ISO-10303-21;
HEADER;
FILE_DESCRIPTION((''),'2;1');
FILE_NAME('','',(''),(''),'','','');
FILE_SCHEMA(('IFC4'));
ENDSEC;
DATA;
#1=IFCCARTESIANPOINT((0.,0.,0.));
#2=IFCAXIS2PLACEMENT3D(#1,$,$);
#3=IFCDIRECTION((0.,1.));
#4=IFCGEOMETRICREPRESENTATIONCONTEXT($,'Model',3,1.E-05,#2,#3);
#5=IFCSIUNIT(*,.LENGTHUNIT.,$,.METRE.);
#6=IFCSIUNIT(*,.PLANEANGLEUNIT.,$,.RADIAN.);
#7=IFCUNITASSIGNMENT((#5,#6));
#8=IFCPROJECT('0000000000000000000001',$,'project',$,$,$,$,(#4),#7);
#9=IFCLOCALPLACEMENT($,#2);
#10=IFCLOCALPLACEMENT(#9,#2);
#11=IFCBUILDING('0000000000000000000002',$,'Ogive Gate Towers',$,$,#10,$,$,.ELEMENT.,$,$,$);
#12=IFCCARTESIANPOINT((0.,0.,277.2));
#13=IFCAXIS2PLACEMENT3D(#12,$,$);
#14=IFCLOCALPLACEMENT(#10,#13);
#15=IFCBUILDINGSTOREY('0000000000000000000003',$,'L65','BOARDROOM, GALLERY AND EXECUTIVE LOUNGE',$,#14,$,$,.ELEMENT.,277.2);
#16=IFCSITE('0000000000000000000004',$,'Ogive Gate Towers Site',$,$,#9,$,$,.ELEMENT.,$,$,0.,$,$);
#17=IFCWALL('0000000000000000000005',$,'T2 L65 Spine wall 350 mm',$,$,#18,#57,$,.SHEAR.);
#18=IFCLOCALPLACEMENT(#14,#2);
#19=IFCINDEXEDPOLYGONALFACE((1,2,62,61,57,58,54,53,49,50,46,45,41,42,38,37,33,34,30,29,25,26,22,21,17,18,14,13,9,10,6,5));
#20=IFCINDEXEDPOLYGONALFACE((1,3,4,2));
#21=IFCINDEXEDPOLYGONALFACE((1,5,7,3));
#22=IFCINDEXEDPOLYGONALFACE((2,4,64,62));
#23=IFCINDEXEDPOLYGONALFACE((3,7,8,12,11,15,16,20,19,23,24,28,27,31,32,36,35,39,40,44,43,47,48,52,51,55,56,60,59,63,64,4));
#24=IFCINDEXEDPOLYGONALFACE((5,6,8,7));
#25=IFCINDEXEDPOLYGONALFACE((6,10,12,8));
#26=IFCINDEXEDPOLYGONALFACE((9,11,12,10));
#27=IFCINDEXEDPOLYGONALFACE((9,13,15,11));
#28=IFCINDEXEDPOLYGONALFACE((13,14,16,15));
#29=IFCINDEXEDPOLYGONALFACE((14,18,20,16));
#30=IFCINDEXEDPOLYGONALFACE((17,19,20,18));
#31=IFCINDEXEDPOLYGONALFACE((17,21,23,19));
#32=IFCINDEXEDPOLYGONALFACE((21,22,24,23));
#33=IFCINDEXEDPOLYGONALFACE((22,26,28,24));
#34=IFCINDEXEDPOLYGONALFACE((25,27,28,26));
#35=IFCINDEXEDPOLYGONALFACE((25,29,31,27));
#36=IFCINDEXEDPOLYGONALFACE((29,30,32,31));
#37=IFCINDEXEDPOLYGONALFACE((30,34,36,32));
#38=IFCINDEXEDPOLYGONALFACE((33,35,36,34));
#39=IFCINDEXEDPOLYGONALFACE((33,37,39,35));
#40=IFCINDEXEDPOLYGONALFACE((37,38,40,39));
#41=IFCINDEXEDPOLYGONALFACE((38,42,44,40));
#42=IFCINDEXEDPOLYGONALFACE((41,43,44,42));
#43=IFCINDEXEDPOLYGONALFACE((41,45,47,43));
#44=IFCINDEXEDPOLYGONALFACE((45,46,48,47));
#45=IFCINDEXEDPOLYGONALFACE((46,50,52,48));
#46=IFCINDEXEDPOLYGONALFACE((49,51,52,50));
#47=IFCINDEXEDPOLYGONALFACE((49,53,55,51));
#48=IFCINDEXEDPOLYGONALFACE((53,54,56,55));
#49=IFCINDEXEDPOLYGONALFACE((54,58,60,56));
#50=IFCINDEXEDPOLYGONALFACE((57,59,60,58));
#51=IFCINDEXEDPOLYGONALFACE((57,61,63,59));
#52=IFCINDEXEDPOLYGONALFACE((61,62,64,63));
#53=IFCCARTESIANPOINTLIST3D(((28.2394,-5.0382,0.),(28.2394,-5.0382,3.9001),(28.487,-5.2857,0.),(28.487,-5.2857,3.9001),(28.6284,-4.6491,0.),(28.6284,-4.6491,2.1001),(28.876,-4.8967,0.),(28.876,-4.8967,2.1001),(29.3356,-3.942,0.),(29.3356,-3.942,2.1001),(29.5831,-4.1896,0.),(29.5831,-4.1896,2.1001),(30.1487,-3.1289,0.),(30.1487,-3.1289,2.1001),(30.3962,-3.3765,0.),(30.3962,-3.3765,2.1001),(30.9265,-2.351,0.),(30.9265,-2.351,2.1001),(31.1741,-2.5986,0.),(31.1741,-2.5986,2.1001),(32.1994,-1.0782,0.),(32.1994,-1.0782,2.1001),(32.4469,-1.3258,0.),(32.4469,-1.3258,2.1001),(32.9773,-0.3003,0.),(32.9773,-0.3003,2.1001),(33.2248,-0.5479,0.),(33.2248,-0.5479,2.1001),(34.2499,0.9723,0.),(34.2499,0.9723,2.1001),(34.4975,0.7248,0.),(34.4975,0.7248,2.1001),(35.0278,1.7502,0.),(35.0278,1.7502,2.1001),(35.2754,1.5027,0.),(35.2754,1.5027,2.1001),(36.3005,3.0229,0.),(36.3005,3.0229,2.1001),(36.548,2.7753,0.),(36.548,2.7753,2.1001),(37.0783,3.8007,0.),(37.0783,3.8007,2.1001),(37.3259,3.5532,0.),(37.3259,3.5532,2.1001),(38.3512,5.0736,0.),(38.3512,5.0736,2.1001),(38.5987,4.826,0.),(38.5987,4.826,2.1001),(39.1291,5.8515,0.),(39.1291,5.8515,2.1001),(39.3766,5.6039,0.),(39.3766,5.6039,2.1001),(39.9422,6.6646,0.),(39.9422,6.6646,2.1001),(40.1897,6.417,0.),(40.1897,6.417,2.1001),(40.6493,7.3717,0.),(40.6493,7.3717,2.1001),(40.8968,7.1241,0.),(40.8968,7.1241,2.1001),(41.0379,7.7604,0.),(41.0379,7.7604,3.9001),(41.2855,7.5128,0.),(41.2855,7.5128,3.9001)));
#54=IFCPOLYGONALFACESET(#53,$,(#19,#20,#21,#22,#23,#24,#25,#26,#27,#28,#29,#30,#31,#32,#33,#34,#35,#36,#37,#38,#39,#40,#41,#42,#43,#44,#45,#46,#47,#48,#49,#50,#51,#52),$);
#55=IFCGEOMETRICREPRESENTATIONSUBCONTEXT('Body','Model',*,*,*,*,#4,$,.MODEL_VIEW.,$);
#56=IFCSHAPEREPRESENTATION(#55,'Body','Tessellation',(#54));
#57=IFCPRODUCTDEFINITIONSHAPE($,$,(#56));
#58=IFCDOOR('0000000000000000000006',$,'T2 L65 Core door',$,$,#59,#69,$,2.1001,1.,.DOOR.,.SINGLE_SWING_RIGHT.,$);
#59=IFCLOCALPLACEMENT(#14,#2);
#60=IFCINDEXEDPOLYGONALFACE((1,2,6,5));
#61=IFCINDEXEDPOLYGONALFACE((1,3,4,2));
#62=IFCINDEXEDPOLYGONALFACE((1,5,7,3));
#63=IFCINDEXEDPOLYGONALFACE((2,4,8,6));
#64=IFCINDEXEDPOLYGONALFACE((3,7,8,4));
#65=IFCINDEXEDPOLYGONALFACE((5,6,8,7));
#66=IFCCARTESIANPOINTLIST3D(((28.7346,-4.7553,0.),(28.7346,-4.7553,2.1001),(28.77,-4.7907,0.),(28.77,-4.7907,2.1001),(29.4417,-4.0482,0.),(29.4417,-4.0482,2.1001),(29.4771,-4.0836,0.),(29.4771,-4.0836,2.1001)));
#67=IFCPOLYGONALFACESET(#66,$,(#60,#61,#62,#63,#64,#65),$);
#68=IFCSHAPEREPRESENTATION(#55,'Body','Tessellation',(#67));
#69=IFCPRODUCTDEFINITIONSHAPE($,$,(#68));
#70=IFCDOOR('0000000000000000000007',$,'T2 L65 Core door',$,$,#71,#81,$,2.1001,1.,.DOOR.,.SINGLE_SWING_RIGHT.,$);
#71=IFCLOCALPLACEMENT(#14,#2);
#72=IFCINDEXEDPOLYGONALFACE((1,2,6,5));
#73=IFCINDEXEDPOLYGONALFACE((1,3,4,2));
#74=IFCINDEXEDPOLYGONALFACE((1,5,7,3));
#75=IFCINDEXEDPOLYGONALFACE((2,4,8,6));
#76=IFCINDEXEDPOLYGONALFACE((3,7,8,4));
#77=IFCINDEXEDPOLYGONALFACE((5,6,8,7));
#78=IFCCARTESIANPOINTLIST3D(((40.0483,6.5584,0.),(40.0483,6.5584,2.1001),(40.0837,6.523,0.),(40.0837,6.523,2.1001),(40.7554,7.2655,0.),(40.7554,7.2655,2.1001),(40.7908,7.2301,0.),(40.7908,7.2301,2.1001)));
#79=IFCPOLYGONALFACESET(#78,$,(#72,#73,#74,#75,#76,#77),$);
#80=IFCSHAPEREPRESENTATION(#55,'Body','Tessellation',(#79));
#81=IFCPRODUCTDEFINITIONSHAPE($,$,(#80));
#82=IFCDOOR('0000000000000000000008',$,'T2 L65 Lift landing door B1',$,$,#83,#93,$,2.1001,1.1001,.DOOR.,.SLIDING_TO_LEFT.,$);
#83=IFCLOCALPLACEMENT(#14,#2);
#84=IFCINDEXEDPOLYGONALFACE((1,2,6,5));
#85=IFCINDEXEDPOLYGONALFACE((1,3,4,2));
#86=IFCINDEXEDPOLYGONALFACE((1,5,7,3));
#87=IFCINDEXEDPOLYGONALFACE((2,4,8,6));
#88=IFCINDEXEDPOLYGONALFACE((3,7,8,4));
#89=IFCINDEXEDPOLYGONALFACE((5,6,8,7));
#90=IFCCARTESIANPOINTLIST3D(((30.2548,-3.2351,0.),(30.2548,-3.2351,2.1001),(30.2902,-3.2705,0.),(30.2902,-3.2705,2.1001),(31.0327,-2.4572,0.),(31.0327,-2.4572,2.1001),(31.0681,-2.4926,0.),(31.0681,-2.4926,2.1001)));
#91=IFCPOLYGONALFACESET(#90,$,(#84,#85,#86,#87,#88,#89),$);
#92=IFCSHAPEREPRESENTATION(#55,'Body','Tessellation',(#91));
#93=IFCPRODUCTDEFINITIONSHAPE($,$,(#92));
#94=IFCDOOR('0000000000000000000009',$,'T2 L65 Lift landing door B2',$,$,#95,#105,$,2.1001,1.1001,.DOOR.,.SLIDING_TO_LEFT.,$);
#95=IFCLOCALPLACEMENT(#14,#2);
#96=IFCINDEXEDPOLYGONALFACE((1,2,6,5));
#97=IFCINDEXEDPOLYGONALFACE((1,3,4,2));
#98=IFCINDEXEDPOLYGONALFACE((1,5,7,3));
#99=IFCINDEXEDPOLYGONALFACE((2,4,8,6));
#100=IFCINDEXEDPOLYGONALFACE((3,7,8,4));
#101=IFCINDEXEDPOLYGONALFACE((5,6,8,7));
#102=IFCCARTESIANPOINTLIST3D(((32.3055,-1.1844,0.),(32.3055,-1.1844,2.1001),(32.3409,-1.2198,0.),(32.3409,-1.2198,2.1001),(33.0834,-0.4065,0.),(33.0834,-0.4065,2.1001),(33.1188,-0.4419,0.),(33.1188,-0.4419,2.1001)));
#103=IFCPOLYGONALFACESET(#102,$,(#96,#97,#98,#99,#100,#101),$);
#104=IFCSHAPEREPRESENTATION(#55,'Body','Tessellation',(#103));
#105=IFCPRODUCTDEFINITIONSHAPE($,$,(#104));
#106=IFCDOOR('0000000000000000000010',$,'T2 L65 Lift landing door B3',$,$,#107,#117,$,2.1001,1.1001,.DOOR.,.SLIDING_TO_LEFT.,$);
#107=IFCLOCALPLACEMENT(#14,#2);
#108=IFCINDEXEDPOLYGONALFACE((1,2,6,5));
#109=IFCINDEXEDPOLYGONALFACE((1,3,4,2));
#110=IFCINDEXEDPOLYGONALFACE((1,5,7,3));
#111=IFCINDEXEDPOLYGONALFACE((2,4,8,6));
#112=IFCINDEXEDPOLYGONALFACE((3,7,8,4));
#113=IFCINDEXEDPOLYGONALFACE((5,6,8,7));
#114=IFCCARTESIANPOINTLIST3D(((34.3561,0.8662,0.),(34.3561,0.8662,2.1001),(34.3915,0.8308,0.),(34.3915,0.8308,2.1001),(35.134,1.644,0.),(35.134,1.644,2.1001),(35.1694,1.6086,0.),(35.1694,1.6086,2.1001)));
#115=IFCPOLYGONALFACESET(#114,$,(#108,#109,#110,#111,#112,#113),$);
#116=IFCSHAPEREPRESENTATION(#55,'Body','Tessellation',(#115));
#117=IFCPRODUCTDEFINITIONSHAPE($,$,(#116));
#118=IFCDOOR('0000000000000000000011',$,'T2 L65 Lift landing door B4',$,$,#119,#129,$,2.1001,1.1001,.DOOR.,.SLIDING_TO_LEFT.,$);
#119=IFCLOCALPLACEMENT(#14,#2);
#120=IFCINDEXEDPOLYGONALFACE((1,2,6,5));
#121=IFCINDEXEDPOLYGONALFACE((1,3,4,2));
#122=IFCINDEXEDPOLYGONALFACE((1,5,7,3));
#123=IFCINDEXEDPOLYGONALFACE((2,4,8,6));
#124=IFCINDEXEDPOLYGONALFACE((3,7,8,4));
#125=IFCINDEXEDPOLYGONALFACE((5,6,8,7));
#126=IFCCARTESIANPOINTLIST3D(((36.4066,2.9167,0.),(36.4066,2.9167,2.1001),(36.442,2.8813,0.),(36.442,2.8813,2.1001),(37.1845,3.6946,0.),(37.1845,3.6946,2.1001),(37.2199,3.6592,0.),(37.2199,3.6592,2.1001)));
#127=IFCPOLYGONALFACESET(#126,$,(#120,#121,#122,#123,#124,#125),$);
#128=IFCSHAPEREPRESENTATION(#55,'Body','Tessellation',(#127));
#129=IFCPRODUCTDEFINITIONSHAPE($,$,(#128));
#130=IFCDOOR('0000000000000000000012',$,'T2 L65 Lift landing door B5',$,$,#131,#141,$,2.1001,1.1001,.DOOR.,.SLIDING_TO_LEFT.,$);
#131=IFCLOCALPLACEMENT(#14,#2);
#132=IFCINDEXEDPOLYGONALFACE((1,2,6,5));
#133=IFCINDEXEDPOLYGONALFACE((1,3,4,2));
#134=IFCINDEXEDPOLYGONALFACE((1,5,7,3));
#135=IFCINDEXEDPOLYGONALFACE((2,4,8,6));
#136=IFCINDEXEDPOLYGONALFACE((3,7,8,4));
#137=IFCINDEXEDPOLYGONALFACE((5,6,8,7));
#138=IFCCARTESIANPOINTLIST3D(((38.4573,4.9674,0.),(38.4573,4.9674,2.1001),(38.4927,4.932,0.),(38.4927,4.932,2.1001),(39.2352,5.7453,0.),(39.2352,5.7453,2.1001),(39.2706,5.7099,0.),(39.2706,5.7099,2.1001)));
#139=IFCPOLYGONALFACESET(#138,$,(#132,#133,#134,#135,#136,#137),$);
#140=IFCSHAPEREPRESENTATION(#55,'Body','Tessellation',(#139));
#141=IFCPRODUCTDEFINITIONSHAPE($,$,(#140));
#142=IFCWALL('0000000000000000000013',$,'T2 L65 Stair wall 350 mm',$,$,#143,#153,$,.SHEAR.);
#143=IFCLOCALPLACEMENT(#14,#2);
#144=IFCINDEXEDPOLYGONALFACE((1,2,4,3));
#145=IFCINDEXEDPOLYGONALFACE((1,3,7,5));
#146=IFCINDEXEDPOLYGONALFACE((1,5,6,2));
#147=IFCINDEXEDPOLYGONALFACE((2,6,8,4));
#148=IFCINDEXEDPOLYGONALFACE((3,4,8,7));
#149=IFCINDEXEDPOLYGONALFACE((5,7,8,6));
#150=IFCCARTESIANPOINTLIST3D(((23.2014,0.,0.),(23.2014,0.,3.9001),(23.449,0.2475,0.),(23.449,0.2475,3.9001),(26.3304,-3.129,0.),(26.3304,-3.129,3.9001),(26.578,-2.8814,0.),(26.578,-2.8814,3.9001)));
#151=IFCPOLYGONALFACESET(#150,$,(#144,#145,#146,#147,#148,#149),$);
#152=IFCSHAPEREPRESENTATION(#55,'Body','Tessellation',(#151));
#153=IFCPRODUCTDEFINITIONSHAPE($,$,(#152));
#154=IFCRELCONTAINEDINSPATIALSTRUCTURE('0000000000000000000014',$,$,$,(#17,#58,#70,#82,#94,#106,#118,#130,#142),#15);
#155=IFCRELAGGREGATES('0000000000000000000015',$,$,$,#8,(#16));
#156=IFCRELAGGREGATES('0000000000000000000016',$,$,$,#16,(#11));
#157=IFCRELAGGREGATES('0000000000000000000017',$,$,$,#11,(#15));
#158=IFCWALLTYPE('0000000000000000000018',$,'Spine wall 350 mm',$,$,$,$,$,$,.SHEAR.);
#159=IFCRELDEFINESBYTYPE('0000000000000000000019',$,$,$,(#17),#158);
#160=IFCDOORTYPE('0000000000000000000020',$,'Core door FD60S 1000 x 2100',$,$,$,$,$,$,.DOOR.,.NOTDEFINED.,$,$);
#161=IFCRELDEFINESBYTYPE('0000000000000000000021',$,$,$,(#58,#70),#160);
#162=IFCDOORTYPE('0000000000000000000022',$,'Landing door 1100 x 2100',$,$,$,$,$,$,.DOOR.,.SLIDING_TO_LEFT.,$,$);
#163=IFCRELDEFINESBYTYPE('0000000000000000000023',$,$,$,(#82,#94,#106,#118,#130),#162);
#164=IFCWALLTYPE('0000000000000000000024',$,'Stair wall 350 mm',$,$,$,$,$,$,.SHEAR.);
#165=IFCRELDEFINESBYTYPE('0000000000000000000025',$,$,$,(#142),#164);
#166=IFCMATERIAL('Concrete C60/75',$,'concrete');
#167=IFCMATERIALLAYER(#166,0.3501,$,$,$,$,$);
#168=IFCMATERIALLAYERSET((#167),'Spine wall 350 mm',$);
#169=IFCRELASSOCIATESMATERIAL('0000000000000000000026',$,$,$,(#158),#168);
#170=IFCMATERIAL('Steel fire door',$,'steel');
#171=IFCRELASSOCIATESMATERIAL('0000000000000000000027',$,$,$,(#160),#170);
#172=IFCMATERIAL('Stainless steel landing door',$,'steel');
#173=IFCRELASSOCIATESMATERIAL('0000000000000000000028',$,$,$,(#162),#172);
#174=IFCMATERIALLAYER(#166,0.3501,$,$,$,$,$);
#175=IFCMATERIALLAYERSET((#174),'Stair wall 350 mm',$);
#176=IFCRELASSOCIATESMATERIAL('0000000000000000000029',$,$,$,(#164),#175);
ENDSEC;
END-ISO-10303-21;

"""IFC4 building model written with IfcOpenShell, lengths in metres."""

from ifc_helpers import new_model, si_unit, direction, frame, frame_2d, origin, place, context, subcontext, project, spatial, rectangle, extrude, material, layer, layer_set, type_object, element, fill, save


model = new_model("IFC4")

# Units and contexts
model_context = context("Model", 3, precision=1e-05, world=origin(), true_north=direction((0.0, 1.0)))
body_context = subcontext(model_context, "Body", "Model", "MODEL_VIEW")
ifc_project = project(units=[si_unit("LENGTHUNIT", "METRE"), si_unit("PLANEANGLEUNIT", "RADIAN")], contexts=[model_context])

# Site, building, storey
site_placement = place(None, origin())
site = spatial("IfcSite", under=ifc_project, at=site_placement, Name="Ogive Gate Towers Site", CompositionType="ELEMENT", RefElevation=0.0)
building_placement = place(site_placement, origin())
building = spatial("IfcBuilding", under=site, at=building_placement, Name="Ogive Gate Towers", CompositionType="ELEMENT")
storey_placement = place(building_placement, frame((0.0, 0.0, 277.2)))
storey = spatial("IfcBuildingStorey", under=building, at=storey_placement, Name="L65", Description="BOARDROOM, GALLERY AND EXECUTIVE LOUNGE", CompositionType="ELEMENT", Elevation=277.2)

# Shared definitions
ifc_material_1 = material(Name="Concrete C60/75", Category="concrete")

# Wall, openings, doors
ifc_layer_1 = layer(ifc_material_1, 0.3501)
ifc_layer_set_1 = layer_set([ifc_layer_1], Name="Spine wall 350 mm")
wall_type_1 = type_object("IfcWallType", Name="Spine wall 350 mm", PredefinedType="SHEAR", material=ifc_layer_set_1)
wall_1_placement = place(storey_placement, frame((28.3633, -5.1619, 0.0), z_axis=(0.0, 0.0, 1.0), x_axis=(0.707107, 0.707107, 0.0)))
wall_1 = element("IfcWall", 1, at=wall_1_placement, inside=storey, type_object=wall_type_1, Name="T2 L65 Spine wall 350 mm", PredefinedType="SHEAR", context=body_context, shape_type="SweptSolid", body=[
    extrude(rectangle(XDim=18.0999, YDim=0.3501, at=frame_2d((9.0498, 0.0))), origin(), (0.0, 0.0, 1.0), 3.9001),
])
opening_1_placement = place(wall_1_placement, frame((0.55, 0.0, 0.0)))
opening_1 = element("IfcOpeningElement", 2, at=opening_1_placement, cuts=wall_1, PredefinedType="OPENING", context=body_context, shape_type="SweptSolid", body=[
    extrude(rectangle(XDim=1.0, YDim=2.1001, at=frame_2d((0.5, 1.05))), frame((0.0, 0.1851, 0.0), z_axis=(0.0, -1.0, 0.0), x_axis=(1.0, 0.0, 0.0)), (0.0, 0.0, 1.0), 0.3701),
])
opening_2_placement = place(wall_1_placement, frame((2.7, 0.0, 0.0)))
opening_2 = element("IfcOpeningElement", 3, at=opening_2_placement, cuts=wall_1, PredefinedType="OPENING", context=body_context, shape_type="SweptSolid", body=[
    extrude(rectangle(XDim=1.1001, YDim=2.1001, at=frame_2d((0.55, 1.05))), frame((0.0, 0.1851, 0.0), z_axis=(0.0, -1.0, 0.0), x_axis=(1.0, 0.0, 0.0)), (0.0, 0.0, 1.0), 0.3701),
])
opening_3_placement = place(wall_1_placement, frame((5.6001, 0.0, 0.0)))
opening_3 = element("IfcOpeningElement", 4, at=opening_3_placement, cuts=wall_1, PredefinedType="OPENING", context=body_context, shape_type="SweptSolid", body=[
    extrude(rectangle(XDim=1.1001, YDim=2.1001, at=frame_2d((0.55, 1.05))), frame((0.0, 0.1851, 0.0), z_axis=(0.0, -1.0, 0.0), x_axis=(1.0, 0.0, 0.0)), (0.0, 0.0, 1.0), 0.3701),
])
opening_4_placement = place(wall_1_placement, frame((8.5, 0.0, 0.0)))
opening_4 = element("IfcOpeningElement", 5, at=opening_4_placement, cuts=wall_1, PredefinedType="OPENING", context=body_context, shape_type="SweptSolid", body=[
    extrude(rectangle(XDim=1.1001, YDim=2.1001, at=frame_2d((0.55, 1.05))), frame((0.0, 0.1851, 0.0), z_axis=(0.0, -1.0, 0.0), x_axis=(1.0, 0.0, 0.0)), (0.0, 0.0, 1.0), 0.3701),
])
opening_5_placement = place(wall_1_placement, frame((11.3999, 0.0, 0.0)))
opening_5 = element("IfcOpeningElement", 6, at=opening_5_placement, cuts=wall_1, PredefinedType="OPENING", context=body_context, shape_type="SweptSolid", body=[
    extrude(rectangle(XDim=1.1001, YDim=2.1001, at=frame_2d((0.55, 1.05))), frame((0.0, 0.1851, 0.0), z_axis=(0.0, -1.0, 0.0), x_axis=(1.0, 0.0, 0.0)), (0.0, 0.0, 1.0), 0.3701),
])
opening_6_placement = place(wall_1_placement, frame((14.3, 0.0, 0.0)))
opening_6 = element("IfcOpeningElement", 7, at=opening_6_placement, cuts=wall_1, PredefinedType="OPENING", context=body_context, shape_type="SweptSolid", body=[
    extrude(rectangle(XDim=1.1001, YDim=2.1001, at=frame_2d((0.55, 1.05))), frame((0.0, 0.1851, 0.0), z_axis=(0.0, -1.0, 0.0), x_axis=(1.0, 0.0, 0.0)), (0.0, 0.0, 1.0), 0.3701),
])
opening_7_placement = place(wall_1_placement, frame((16.55, 0.0, 0.0)))
opening_7 = element("IfcOpeningElement", 8, at=opening_7_placement, cuts=wall_1, PredefinedType="OPENING", context=body_context, shape_type="SweptSolid", body=[
    extrude(rectangle(XDim=1.0, YDim=2.1001, at=frame_2d((0.5, 1.05))), frame((0.0, 0.1851, 0.0), z_axis=(0.0, -1.0, 0.0), x_axis=(1.0, 0.0, 0.0)), (0.0, 0.0, 1.0), 0.3701),
])
ifc_material_2 = material(Name="Steel fire door", Category="steel")
door_type_1 = type_object("IfcDoorType", Name="Core door FD60S 1000 x 2100", OperationType="NOTDEFINED", PredefinedType="DOOR", material=ifc_material_2)
door_1_placement = place(opening_1_placement, origin())
door_1 = element("IfcDoor", 9, at=door_1_placement, inside=storey, type_object=door_type_1, Name="T2 L65 Core door", OperationType="SINGLE_SWING_RIGHT", OverallHeight=2.1001, OverallWidth=1.0, PredefinedType="DOOR", context=body_context, shape_type="SweptSolid", body=[
    extrude(rectangle(XDim=1.0, YDim=2.1001, at=frame_2d((0.5, 1.05))), frame((0.0, 0.0249, 0.0), z_axis=(0.0, -1.0, 0.0), x_axis=(1.0, 0.0, 0.0)), (0.0, 0.0, 1.0), 0.05),
])
fill(opening_1, door_1)
door_2_placement = place(opening_7_placement, origin())
door_2 = element("IfcDoor", 10, at=door_2_placement, inside=storey, type_object=door_type_1, Name="T2 L65 Core door", OperationType="SINGLE_SWING_RIGHT", OverallHeight=2.1001, OverallWidth=1.0, PredefinedType="DOOR", context=body_context, shape_type="SweptSolid", body=[
    extrude(rectangle(XDim=1.0, YDim=2.1001, at=frame_2d((0.5, 1.05))), frame((0.0, 0.0249, 0.0), z_axis=(0.0, -1.0, 0.0), x_axis=(1.0, 0.0, 0.0)), (0.0, 0.0, 1.0), 0.05),
])
fill(opening_7, door_2)
ifc_material_3 = material(Name="Stainless steel landing door", Category="steel")
door_type_2 = type_object("IfcDoorType", Name="Landing door 1100 x 2100", OperationType="SLIDING_TO_LEFT", PredefinedType="DOOR", material=ifc_material_3)
door_3_placement = place(opening_2_placement, origin())
door_3 = element("IfcDoor", 11, at=door_3_placement, inside=storey, type_object=door_type_2, Name="T2 L65 Lift landing door B1", OperationType="SLIDING_TO_LEFT", OverallHeight=2.1001, OverallWidth=1.1001, PredefinedType="DOOR", context=body_context, shape_type="SweptSolid", body=[
    extrude(rectangle(XDim=1.1001, YDim=2.1001, at=frame_2d((0.55, 1.05))), frame((0.0, 0.0249, 0.0), z_axis=(0.0, -1.0, 0.0), x_axis=(1.0, 0.0, 0.0)), (0.0, 0.0, 1.0), 0.05),
])
fill(opening_2, door_3)
door_4_placement = place(opening_3_placement, origin())
door_4 = element("IfcDoor", 12, at=door_4_placement, inside=storey, type_object=door_type_2, Name="T2 L65 Lift landing door B2", OperationType="SLIDING_TO_LEFT", OverallHeight=2.1001, OverallWidth=1.1001, PredefinedType="DOOR", context=body_context, shape_type="SweptSolid", body=[
    extrude(rectangle(XDim=1.1001, YDim=2.1001, at=frame_2d((0.55, 1.05))), frame((0.0, 0.0249, 0.0), z_axis=(0.0, -1.0, 0.0), x_axis=(1.0, 0.0, 0.0)), (0.0, 0.0, 1.0), 0.05),
])
fill(opening_3, door_4)
door_5_placement = place(opening_4_placement, origin())
door_5 = element("IfcDoor", 13, at=door_5_placement, inside=storey, type_object=door_type_2, Name="T2 L65 Lift landing door B3", OperationType="SLIDING_TO_LEFT", OverallHeight=2.1001, OverallWidth=1.1001, PredefinedType="DOOR", context=body_context, shape_type="SweptSolid", body=[
    extrude(rectangle(XDim=1.1001, YDim=2.1001, at=frame_2d((0.55, 1.05))), frame((0.0, 0.0249, 0.0), z_axis=(0.0, -1.0, 0.0), x_axis=(1.0, 0.0, 0.0)), (0.0, 0.0, 1.0), 0.05),
])
fill(opening_4, door_5)
door_6_placement = place(opening_5_placement, origin())
door_6 = element("IfcDoor", 14, at=door_6_placement, inside=storey, type_object=door_type_2, Name="T2 L65 Lift landing door B4", OperationType="SLIDING_TO_LEFT", OverallHeight=2.1001, OverallWidth=1.1001, PredefinedType="DOOR", context=body_context, shape_type="SweptSolid", body=[
    extrude(rectangle(XDim=1.1001, YDim=2.1001, at=frame_2d((0.55, 1.05))), frame((0.0, 0.0249, 0.0), z_axis=(0.0, -1.0, 0.0), x_axis=(1.0, 0.0, 0.0)), (0.0, 0.0, 1.0), 0.05),
])
fill(opening_5, door_6)
door_7_placement = place(opening_6_placement, origin())
door_7 = element("IfcDoor", 15, at=door_7_placement, inside=storey, type_object=door_type_2, Name="T2 L65 Lift landing door B5", OperationType="SLIDING_TO_LEFT", OverallHeight=2.1001, OverallWidth=1.1001, PredefinedType="DOOR", context=body_context, shape_type="SweptSolid", body=[
    extrude(rectangle(XDim=1.1001, YDim=2.1001, at=frame_2d((0.55, 1.05))), frame((0.0, 0.0249, 0.0), z_axis=(0.0, -1.0, 0.0), x_axis=(1.0, 0.0, 0.0)), (0.0, 0.0, 1.0), 0.05),
])
fill(opening_6, door_7)

# Wall
ifc_layer_2 = layer(ifc_material_1, 0.3501)
ifc_layer_set_2 = layer_set([ifc_layer_2], Name="Stair wall 350 mm")
wall_type_2 = type_object("IfcWallType", Name="Stair wall 350 mm", PredefinedType="SHEAR", material=ifc_layer_set_2)
wall_2_placement = place(storey_placement, frame((26.4541, -3.0051, 0.0), z_axis=(0.0, 0.0, 1.0), x_axis=(-0.707107, 0.707107, 0.0)))
element("IfcWall", 16, at=wall_2_placement, inside=storey, type_object=wall_type_2, Name="T2 L65 Stair wall 350 mm", PredefinedType="SHEAR", context=body_context, shape_type="SweptSolid", body=[
    extrude(rectangle(XDim=4.425, YDim=0.3501, at=frame_2d((2.2124, 0.0))), origin(), (0.0, 0.0, 1.0), 3.9001),
])

save(model, "model.ifc")
